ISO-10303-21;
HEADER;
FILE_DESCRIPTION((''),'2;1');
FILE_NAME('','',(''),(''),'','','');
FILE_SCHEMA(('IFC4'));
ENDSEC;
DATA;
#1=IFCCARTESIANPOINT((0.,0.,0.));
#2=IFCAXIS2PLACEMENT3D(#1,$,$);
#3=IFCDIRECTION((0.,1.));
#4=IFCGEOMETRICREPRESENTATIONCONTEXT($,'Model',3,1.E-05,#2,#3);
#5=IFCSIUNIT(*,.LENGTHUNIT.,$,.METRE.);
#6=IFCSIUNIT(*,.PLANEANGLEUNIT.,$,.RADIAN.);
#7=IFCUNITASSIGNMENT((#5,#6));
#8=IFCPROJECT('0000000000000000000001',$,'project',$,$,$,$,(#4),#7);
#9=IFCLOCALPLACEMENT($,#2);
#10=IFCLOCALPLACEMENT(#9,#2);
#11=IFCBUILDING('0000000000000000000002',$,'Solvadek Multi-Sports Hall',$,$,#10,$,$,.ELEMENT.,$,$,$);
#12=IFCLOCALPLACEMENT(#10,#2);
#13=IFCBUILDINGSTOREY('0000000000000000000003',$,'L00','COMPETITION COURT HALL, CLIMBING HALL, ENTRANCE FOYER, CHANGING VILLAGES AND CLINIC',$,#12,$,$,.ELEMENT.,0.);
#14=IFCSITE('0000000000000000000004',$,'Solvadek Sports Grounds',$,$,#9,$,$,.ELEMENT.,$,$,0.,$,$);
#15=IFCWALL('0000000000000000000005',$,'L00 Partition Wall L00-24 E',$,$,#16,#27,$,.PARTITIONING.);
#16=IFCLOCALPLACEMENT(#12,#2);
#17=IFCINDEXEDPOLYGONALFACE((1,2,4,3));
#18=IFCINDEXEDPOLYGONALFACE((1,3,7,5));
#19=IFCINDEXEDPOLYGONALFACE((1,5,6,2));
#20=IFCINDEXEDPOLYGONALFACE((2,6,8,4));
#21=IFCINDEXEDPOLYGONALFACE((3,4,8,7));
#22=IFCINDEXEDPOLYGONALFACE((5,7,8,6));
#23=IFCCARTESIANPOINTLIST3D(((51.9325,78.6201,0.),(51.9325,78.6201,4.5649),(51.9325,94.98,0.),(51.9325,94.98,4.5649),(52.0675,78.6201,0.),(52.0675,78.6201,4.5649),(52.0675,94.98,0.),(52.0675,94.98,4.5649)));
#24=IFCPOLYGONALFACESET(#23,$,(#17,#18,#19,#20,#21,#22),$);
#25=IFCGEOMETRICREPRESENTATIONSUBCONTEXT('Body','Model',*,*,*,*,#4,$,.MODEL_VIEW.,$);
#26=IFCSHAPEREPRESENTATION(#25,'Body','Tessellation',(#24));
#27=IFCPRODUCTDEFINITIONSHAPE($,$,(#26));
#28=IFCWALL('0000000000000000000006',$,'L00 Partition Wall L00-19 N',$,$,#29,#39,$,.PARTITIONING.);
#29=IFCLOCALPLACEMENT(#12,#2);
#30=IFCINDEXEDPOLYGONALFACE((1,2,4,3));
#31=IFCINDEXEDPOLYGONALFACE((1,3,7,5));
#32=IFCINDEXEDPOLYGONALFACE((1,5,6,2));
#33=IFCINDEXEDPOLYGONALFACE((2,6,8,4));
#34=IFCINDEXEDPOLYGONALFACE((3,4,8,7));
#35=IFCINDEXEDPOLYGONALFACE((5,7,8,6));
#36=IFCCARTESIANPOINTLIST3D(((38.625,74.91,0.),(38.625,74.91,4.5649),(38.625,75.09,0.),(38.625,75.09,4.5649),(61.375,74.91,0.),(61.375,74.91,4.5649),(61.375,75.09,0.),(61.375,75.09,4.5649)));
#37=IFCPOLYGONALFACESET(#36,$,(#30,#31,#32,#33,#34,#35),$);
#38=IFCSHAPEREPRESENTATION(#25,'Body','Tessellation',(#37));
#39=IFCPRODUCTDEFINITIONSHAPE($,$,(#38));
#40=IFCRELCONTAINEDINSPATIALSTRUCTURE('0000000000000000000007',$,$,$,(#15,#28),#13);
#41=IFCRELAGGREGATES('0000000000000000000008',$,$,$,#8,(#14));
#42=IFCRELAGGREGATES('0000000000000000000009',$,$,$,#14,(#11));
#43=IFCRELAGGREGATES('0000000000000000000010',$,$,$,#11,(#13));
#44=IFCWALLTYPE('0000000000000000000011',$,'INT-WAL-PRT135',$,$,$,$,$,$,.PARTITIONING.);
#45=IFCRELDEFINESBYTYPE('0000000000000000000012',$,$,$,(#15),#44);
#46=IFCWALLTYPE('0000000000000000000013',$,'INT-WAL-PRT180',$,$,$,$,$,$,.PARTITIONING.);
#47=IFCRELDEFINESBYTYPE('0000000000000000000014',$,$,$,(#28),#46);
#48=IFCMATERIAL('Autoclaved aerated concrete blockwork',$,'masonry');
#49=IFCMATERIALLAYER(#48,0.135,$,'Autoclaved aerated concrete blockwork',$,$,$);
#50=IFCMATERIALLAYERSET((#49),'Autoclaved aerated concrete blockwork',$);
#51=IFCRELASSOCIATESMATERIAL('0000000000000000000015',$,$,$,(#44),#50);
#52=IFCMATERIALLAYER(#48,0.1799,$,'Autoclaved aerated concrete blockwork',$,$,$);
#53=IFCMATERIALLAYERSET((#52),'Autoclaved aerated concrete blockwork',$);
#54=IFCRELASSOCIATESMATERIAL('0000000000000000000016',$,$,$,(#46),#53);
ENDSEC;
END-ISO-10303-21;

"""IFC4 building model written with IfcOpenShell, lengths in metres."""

from ifc_helpers import new_model, si_unit, direction, frame, frame_2d, origin, place, context, subcontext, project, spatial, rectangle, extrude, material, layer, layer_set, type_object, element, save


model = new_model("IFC4")

# Units and contexts
model_context = context("Model", 3, precision=1e-05, world=origin(), true_north=direction((0.0, 1.0)))
body_context = subcontext(model_context, "Body", "Model", "MODEL_VIEW")
ifc_project = project(units=[si_unit("LENGTHUNIT", "METRE"), si_unit("PLANEANGLEUNIT", "RADIAN")], contexts=[model_context])

# Site, building, storey
site_placement = place(None, origin())
site = spatial("IfcSite", under=ifc_project, at=site_placement, Name="Solvadek Sports Grounds", CompositionType="ELEMENT", RefElevation=0.0)
building_placement = place(site_placement, origin())
building = spatial("IfcBuilding", under=site, at=building_placement, Name="Solvadek Multi-Sports Hall", CompositionType="ELEMENT")
storey_placement = place(building_placement, origin())
storey = spatial("IfcBuildingStorey", under=building, at=storey_placement, Name="L00", Description="COMPETITION COURT HALL, CLIMBING HALL, ENTRANCE FOYER, CHANGING VILLAGES AND CLINIC", CompositionType="ELEMENT", Elevation=0.0)

# Shared definitions
ifc_material_1 = material(Name="Autoclaved aerated concrete blockwork", Category="masonry")
ifc_layer_1 = layer(ifc_material_1, 0.135, Name="Autoclaved aerated concrete blockwork")
ifc_layer_set_1 = layer_set([ifc_layer_1], Name="Autoclaved aerated concrete blockwork")
wall_type_1 = type_object("IfcWallType", Name="INT-WAL-PRT135", PredefinedType="PARTITIONING", material=ifc_layer_set_1)

# Walls
wall_1_placement = place(storey_placement, frame((52.0, 78.6201, 0.0), z_axis=(0.0, 0.0, 1.0), x_axis=(0.0, 1.0, 0.0)))
element("IfcWall", 1, at=wall_1_placement, inside=storey, type_object=wall_type_1, Name="L00 Partition Wall L00-24 E", PredefinedType="PARTITIONING", context=body_context, shape_type="SweptSolid", body=[
    extrude(rectangle(XDim=16.3599, YDim=0.135, at=frame_2d((8.1799, 0.0))), origin(), (0.0, 0.0, 1.0), 4.5649),
])
ifc_layer_2 = layer(ifc_material_1, 0.1799, Name="Autoclaved aerated concrete blockwork")
ifc_layer_set_2 = layer_set([ifc_layer_2], Name="Autoclaved aerated concrete blockwork")
wall_type_2 = type_object("IfcWallType", Name="INT-WAL-PRT180", PredefinedType="PARTITIONING", material=ifc_layer_set_2)
wall_2_placement = place(storey_placement, frame((38.625, 75.0, 0.0), z_axis=(0.0, 0.0, 1.0), x_axis=(1.0, 0.0, 0.0)))
element("IfcWall", 2, at=wall_2_placement, inside=storey, type_object=wall_type_2, Name="L00 Partition Wall L00-19 N", PredefinedType="PARTITIONING", context=body_context, shape_type="SweptSolid", body=[
    extrude(rectangle(XDim=22.75, YDim=0.1799, at=frame_2d((11.375, 0.0))), origin(), (0.0, 0.0, 1.0), 4.5649),
])

save(model, "model.ifc")
